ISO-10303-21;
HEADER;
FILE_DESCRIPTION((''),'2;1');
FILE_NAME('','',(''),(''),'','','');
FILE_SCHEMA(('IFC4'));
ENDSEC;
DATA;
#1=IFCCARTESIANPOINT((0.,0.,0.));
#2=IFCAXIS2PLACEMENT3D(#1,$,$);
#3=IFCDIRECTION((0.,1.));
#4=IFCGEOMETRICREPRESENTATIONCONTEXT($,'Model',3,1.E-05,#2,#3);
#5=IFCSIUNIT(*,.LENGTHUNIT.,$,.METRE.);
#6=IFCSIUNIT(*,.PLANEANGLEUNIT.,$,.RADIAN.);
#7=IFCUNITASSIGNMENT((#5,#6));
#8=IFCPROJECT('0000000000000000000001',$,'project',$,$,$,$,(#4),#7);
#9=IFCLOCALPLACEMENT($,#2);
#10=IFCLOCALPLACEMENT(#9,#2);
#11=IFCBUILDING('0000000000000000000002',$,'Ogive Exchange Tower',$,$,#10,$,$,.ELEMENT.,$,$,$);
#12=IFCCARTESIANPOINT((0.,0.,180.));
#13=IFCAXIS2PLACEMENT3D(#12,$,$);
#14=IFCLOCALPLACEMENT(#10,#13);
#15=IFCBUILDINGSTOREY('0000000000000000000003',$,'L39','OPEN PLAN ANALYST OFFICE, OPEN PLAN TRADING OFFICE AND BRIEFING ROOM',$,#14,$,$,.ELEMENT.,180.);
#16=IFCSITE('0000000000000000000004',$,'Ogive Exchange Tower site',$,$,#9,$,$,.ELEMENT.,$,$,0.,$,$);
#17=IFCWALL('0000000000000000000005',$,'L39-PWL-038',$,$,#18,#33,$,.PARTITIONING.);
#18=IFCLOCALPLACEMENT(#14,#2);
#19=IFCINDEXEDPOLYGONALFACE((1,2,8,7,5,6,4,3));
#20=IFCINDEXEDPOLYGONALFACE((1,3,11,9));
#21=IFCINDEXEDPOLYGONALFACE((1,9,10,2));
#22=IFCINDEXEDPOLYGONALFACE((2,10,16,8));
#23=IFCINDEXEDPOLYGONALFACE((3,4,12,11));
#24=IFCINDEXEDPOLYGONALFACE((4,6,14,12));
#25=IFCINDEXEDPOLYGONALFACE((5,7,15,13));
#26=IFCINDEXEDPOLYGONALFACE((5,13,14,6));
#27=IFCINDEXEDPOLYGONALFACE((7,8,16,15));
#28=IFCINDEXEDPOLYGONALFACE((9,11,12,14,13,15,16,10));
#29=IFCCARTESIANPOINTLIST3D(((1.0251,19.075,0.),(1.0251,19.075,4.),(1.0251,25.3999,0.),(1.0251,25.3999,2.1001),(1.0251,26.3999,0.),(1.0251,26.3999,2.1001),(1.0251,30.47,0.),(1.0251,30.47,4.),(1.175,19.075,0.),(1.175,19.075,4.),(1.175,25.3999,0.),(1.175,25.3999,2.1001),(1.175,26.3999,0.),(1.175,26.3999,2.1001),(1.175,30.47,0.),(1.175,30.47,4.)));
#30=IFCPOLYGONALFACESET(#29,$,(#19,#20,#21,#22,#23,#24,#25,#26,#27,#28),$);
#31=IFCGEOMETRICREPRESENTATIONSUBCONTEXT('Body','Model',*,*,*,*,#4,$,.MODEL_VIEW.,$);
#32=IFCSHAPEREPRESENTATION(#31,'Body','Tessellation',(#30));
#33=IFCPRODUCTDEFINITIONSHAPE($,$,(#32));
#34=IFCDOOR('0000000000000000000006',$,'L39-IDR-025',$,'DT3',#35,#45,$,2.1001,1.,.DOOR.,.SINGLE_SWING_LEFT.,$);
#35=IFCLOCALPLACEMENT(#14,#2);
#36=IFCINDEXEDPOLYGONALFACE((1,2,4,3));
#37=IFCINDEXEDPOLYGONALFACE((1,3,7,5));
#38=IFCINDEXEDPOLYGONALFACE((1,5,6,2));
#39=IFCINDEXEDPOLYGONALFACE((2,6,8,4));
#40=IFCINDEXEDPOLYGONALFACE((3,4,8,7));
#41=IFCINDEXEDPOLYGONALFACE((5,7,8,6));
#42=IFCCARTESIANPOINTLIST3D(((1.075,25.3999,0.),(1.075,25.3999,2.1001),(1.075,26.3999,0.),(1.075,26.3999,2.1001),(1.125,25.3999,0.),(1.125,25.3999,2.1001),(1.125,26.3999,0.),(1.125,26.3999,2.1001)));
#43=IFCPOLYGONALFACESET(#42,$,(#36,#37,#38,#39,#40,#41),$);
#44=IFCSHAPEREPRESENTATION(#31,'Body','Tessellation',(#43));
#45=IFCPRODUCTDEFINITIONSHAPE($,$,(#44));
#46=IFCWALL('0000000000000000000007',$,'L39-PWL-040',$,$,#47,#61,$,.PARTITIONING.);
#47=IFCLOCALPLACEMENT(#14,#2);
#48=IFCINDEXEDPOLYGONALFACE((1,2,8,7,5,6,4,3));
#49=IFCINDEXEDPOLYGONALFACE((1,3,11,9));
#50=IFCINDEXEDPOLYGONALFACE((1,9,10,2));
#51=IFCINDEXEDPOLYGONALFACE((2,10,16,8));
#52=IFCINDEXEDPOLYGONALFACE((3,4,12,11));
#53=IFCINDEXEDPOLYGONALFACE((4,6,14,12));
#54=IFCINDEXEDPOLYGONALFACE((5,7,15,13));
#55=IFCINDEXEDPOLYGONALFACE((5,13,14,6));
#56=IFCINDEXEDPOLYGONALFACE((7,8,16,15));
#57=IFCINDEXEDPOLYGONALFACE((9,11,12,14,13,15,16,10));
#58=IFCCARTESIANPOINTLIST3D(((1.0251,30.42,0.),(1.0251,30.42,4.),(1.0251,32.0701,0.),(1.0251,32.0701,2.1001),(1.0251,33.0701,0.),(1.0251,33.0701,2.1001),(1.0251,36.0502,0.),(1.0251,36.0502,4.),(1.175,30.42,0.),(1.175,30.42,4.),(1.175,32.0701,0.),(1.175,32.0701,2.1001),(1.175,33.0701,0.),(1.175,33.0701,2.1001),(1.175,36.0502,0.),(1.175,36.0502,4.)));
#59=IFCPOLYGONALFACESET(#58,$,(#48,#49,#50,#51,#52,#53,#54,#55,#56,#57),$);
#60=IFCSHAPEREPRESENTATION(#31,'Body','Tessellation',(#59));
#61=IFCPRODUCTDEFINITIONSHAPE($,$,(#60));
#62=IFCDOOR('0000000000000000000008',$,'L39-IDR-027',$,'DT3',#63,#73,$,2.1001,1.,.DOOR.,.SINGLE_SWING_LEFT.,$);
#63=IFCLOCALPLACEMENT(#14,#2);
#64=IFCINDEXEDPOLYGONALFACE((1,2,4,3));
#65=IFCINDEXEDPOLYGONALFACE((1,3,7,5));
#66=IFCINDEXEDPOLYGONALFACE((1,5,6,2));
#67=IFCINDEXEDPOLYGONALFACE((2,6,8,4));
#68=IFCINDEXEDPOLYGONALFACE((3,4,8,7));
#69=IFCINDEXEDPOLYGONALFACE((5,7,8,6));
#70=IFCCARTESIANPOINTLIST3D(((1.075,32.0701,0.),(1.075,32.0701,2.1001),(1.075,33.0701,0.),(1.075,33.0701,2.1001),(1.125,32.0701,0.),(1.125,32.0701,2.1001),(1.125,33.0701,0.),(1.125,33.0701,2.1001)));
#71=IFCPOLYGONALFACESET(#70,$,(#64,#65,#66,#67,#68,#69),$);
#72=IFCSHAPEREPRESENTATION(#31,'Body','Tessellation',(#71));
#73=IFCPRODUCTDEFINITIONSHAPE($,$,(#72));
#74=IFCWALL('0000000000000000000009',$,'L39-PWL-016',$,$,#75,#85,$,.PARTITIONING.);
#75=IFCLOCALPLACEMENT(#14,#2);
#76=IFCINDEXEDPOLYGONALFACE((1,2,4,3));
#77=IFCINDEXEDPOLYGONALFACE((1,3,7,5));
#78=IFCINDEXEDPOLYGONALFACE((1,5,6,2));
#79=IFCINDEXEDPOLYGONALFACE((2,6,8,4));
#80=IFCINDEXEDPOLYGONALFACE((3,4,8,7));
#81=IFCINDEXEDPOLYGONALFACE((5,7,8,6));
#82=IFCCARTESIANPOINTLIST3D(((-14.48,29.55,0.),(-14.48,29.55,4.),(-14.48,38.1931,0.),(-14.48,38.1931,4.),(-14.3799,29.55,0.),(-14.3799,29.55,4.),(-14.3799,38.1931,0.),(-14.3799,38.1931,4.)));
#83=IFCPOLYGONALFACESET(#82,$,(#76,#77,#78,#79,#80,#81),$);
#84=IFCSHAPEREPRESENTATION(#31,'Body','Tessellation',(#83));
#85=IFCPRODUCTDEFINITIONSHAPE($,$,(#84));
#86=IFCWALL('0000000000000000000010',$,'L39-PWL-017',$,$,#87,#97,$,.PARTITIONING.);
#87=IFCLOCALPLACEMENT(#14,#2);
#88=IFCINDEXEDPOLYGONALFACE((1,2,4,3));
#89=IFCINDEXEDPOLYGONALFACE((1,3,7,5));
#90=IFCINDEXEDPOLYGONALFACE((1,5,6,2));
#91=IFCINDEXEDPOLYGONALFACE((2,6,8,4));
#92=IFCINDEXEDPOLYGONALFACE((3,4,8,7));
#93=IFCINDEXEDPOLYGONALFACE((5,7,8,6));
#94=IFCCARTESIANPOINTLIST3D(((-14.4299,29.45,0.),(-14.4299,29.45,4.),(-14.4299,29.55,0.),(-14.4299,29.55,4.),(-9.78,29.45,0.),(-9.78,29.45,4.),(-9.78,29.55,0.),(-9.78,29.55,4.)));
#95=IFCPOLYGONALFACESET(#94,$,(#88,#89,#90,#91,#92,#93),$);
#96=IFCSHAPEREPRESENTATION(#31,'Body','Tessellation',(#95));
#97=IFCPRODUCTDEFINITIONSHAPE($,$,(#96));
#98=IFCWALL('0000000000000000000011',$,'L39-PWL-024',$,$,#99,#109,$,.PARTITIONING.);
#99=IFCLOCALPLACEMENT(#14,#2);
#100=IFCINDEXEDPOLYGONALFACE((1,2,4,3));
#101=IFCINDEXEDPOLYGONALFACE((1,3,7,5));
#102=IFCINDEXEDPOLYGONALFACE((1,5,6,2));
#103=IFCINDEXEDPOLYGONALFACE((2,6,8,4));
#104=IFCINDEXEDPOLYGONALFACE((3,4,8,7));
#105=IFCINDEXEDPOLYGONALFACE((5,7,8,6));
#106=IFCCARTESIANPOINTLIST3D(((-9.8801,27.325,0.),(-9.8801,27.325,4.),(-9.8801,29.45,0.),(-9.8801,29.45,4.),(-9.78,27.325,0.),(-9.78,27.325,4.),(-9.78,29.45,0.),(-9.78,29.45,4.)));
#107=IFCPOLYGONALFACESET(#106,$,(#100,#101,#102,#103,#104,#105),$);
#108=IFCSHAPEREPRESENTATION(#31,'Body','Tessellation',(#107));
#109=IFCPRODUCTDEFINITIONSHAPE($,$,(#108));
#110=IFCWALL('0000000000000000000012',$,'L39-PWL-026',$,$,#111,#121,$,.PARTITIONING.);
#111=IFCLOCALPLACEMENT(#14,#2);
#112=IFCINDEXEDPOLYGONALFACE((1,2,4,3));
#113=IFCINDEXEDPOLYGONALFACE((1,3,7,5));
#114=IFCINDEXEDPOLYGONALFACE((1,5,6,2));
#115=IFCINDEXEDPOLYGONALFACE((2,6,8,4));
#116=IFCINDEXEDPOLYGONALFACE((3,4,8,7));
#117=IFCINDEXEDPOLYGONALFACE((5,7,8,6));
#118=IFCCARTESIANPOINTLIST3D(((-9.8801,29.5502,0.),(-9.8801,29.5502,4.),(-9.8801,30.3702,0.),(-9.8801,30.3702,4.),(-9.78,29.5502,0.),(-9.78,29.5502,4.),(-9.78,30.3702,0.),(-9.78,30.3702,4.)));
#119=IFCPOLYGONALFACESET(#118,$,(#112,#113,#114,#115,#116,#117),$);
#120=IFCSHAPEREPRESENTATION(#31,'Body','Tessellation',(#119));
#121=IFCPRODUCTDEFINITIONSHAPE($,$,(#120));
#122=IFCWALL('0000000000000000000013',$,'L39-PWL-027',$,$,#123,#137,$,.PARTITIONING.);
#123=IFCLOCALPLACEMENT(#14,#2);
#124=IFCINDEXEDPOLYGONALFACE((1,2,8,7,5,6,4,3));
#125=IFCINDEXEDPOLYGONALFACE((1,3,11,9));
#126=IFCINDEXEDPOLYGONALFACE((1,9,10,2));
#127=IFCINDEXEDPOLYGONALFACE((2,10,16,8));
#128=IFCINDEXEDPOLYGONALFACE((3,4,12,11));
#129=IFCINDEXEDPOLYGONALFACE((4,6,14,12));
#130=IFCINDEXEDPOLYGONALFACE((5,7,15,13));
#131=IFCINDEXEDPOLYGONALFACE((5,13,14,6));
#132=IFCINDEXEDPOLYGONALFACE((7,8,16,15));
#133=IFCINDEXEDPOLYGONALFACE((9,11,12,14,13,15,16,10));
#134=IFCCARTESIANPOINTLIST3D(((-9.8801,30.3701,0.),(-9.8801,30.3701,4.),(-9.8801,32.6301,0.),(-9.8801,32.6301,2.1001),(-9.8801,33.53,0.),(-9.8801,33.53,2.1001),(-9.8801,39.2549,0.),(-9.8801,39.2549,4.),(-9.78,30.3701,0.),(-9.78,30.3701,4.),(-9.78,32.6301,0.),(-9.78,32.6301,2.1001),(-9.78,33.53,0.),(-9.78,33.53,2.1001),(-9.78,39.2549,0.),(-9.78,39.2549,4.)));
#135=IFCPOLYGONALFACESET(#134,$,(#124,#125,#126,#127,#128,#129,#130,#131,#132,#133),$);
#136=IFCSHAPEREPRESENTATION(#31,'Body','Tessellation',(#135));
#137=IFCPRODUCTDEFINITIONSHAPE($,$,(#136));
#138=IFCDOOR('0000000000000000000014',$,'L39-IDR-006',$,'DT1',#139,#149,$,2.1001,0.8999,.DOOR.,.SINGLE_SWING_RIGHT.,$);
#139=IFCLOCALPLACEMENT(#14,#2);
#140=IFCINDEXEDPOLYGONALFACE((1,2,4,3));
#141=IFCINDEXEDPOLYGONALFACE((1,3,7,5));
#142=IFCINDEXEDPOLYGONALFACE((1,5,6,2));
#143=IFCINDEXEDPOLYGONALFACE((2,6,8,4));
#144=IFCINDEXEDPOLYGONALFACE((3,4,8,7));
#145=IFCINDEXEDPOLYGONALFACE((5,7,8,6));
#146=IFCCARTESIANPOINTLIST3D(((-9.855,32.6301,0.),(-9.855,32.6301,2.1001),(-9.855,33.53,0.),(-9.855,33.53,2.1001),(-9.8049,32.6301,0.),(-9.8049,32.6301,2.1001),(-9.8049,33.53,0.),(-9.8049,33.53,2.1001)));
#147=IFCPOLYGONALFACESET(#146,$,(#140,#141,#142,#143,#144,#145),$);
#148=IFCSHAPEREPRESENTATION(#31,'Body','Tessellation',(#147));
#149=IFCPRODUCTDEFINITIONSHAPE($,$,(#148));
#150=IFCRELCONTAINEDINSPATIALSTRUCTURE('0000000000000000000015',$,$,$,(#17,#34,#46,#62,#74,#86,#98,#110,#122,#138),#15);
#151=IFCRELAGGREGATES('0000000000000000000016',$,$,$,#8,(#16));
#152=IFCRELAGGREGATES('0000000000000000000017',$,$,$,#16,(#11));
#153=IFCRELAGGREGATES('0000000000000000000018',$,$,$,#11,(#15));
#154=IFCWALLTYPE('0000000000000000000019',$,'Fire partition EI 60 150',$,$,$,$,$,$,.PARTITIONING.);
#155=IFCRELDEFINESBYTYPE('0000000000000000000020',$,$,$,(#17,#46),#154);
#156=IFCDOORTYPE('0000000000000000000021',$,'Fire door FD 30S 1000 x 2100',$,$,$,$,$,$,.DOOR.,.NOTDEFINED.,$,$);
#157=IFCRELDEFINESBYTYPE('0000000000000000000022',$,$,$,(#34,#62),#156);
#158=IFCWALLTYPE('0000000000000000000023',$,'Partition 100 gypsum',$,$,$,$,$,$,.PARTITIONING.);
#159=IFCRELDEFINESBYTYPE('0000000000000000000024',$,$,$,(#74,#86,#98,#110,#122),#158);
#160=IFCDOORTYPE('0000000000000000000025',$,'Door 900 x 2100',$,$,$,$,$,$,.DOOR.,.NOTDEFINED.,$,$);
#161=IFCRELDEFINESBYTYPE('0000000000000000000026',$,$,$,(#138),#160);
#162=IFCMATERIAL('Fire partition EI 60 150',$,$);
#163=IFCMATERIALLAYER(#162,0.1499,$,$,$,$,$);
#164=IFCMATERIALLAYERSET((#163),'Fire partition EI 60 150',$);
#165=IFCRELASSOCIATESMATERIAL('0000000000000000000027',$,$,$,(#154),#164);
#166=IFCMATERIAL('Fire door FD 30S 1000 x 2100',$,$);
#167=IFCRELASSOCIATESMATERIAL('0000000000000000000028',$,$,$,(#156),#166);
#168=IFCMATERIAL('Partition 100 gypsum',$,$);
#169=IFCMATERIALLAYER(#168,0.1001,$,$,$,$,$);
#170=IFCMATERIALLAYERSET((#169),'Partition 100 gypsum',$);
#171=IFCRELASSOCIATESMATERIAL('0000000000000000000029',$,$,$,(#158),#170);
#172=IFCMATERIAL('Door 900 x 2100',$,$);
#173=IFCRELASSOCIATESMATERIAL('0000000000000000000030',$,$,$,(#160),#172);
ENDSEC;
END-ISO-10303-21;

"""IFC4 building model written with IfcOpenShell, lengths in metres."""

from ifc_helpers import new_model, si_unit, direction, frame, frame_2d, origin, place, context, subcontext, project, spatial, rectangle, extrude, material, layer, layer_set, type_object, element, fill, save


model = new_model("IFC4")

# Units and contexts
model_context = context("Model", 3, precision=1e-05, world=origin(), true_north=direction((0.0, 1.0)))
body_context = subcontext(model_context, "Body", "Model", "MODEL_VIEW")
ifc_project = project(units=[si_unit("LENGTHUNIT", "METRE"), si_unit("PLANEANGLEUNIT", "RADIAN")], contexts=[model_context])

# Site, building, storey
site_placement = place(None, origin())
site = spatial("IfcSite", under=ifc_project, at=site_placement, Name="Ogive Exchange Tower site", CompositionType="ELEMENT", RefElevation=0.0)
building_placement = place(site_placement, origin())
building = spatial("IfcBuilding", under=site, at=building_placement, Name="Ogive Exchange Tower", CompositionType="ELEMENT")
storey_placement = place(building_placement, frame((0.0, 0.0, 180.0)))
storey = spatial("IfcBuildingStorey", under=building, at=storey_placement, Name="L39", Description="OPEN PLAN ANALYST OFFICE, OPEN PLAN TRADING OFFICE AND BRIEFING ROOM", CompositionType="ELEMENT", Elevation=180.0)

# Shared definitions
ifc_material_1 = material(Name="Fire partition EI 60 150")
ifc_layer_1 = layer(ifc_material_1, 0.1499)
ifc_layer_set_1 = layer_set([ifc_layer_1], Name="Fire partition EI 60 150")
wall_type_1 = type_object("IfcWallType", Name="Fire partition EI 60 150", PredefinedType="PARTITIONING", material=ifc_layer_set_1)

# Walls, openings, doors
ifc_material_2 = material(Name="Fire door FD 30S 1000 x 2100")
door_type_1 = type_object("IfcDoorType", Name="Fire door FD 30S 1000 x 2100", OperationType="NOTDEFINED", PredefinedType="DOOR", material=ifc_material_2)
wall_1_placement = place(storey_placement, frame((1.1001, 30.47, 0.0), z_axis=(0.0, 0.0, 1.0), x_axis=(0.0, -1.0, 0.0)))
wall_1 = element("IfcWall", 1, at=wall_1_placement, inside=storey, type_object=wall_type_1, Name="L39-PWL-038", PredefinedType="PARTITIONING", context=body_context, shape_type="SweptSolid", body=[
    extrude(rectangle(XDim=11.395, YDim=0.1499, at=frame_2d((5.6975, 0.0))), origin(), (0.0, 0.0, 1.0), 4.0),
])
opening_1_placement = place(wall_1_placement, frame((4.0701, 0.0, 0.0)))
opening_1 = element("IfcOpeningElement", 2, at=opening_1_placement, cuts=wall_1, PredefinedType="OPENING", context=body_context, shape_type="SweptSolid", body=[
    extrude(rectangle(XDim=1.0, YDim=2.1001, at=frame_2d((0.5, 1.05))), frame((0.0, 0.085, 0.0), z_axis=(0.0, -1.0, 0.0), x_axis=(1.0, 0.0, 0.0)), (0.0, 0.0, 1.0), 0.1699),
])
door_1_placement = place(opening_1_placement, origin())
door_1 = element("IfcDoor", 3, at=door_1_placement, inside=storey, type_object=door_type_1, Name="L39-IDR-025", ObjectType="DT3", OperationType="SINGLE_SWING_LEFT", OverallHeight=2.1001, OverallWidth=1.0, PredefinedType="DOOR", context=body_context, shape_type="SweptSolid", body=[
    extrude(rectangle(XDim=1.0, YDim=2.1001, at=frame_2d((0.5, 1.05))), frame((0.0, 0.0249, 0.0), z_axis=(0.0, -1.0, 0.0), x_axis=(1.0, 0.0, 0.0)), (0.0, 0.0, 1.0), 0.05),
])
fill(opening_1, door_1)
wall_2_placement = place(storey_placement, frame((1.1001, 36.05, 0.0), z_axis=(0.0, 0.0, 1.0), x_axis=(0.0, -1.0, 0.0)))
wall_2 = element("IfcWall", 4, at=wall_2_placement, inside=storey, type_object=wall_type_1, Name="L39-PWL-040", PredefinedType="PARTITIONING", context=body_context, shape_type="SweptSolid", body=[
    extrude(rectangle(XDim=5.6301, YDim=0.1499, at=frame_2d((2.8149, 0.0))), origin(), (0.0, 0.0, 1.0), 4.0),
])
opening_2_placement = place(wall_2_placement, frame((2.98, 0.0, 0.0)))
opening_2 = element("IfcOpeningElement", 5, at=opening_2_placement, cuts=wall_2, PredefinedType="OPENING", context=body_context, shape_type="SweptSolid", body=[
    extrude(rectangle(XDim=1.0, YDim=2.1001, at=frame_2d((0.5, 1.05))), frame((0.0, 0.085, 0.0), z_axis=(0.0, -1.0, 0.0), x_axis=(1.0, 0.0, 0.0)), (0.0, 0.0, 1.0), 0.1699),
])
door_2_placement = place(opening_2_placement, origin())
door_2 = element("IfcDoor", 6, at=door_2_placement, inside=storey, type_object=door_type_1, Name="L39-IDR-027", ObjectType="DT3", OperationType="SINGLE_SWING_LEFT", OverallHeight=2.1001, OverallWidth=1.0, PredefinedType="DOOR", context=body_context, shape_type="SweptSolid", body=[
    extrude(rectangle(XDim=1.0, YDim=2.1001, at=frame_2d((0.5, 1.05))), frame((0.0, 0.0249, 0.0), z_axis=(0.0, -1.0, 0.0), x_axis=(1.0, 0.0, 0.0)), (0.0, 0.0, 1.0), 0.05),
])
fill(opening_2, door_2)

# Walls
ifc_material_3 = material(Name="Partition 100 gypsum")
ifc_layer_2 = layer(ifc_material_3, 0.1001)
ifc_layer_set_2 = layer_set([ifc_layer_2], Name="Partition 100 gypsum")
wall_type_2 = type_object("IfcWallType", Name="Partition 100 gypsum", PredefinedType="PARTITIONING", material=ifc_layer_set_2)
wall_3_placement = place(storey_placement, frame((-14.4299, 29.55, 0.0), z_axis=(0.0, 0.0, 1.0), x_axis=(0.0, 1.0, 0.0)))
element("IfcWall", 7, at=wall_3_placement, inside=storey, type_object=wall_type_2, Name="L39-PWL-016", PredefinedType="PARTITIONING", context=body_context, shape_type="SweptSolid", body=[
    extrude(rectangle(XDim=8.6431, YDim=0.1001, at=frame_2d((4.3215, 0.0))), origin(), (0.0, 0.0, 1.0), 4.0),
])
wall_4_placement = place(storey_placement, frame((-14.4299, 29.5, 0.0), z_axis=(0.0, 0.0, 1.0), x_axis=(1.0, 0.0, 0.0)))
element("IfcWall", 8, at=wall_4_placement, inside=storey, type_object=wall_type_2, Name="L39-PWL-017", PredefinedType="PARTITIONING", context=body_context, shape_type="SweptSolid", body=[
    extrude(rectangle(XDim=4.6499, YDim=0.1001, at=frame_2d((2.325, 0.0))), origin(), (0.0, 0.0, 1.0), 4.0),
])
wall_5_placement = place(storey_placement, frame((-9.8301, 27.325, 0.0), z_axis=(0.0, 0.0, 1.0), x_axis=(0.0, 1.0, 0.0)))
element("IfcWall", 9, at=wall_5_placement, inside=storey, type_object=wall_type_2, Name="L39-PWL-024", PredefinedType="PARTITIONING", context=body_context, shape_type="SweptSolid", body=[
    extrude(rectangle(XDim=2.125, YDim=0.1001, at=frame_2d((1.0625, 0.0))), origin(), (0.0, 0.0, 1.0), 4.0),
])
wall_6_placement = place(storey_placement, frame((-9.8301, 29.55, 0.0), z_axis=(0.0, 0.0, 1.0), x_axis=(0.0, 1.0, 0.0)))
element("IfcWall", 10, at=wall_6_placement, inside=storey, type_object=wall_type_2, Name="L39-PWL-026", PredefinedType="PARTITIONING", context=body_context, shape_type="SweptSolid", body=[
    extrude(rectangle(XDim=0.8201, YDim=0.1001, at=frame_2d((0.4102, 0.0))), origin(), (0.0, 0.0, 1.0), 4.0),
])

# Wall, opening, door
wall_7_placement = place(storey_placement, frame((-9.8301, 30.3701, 0.0), z_axis=(0.0, 0.0, 1.0), x_axis=(0.0, 1.0, 0.0)))
wall_7 = element("IfcWall", 11, at=wall_7_placement, inside=storey, type_object=wall_type_2, Name="L39-PWL-027", PredefinedType="PARTITIONING", context=body_context, shape_type="SweptSolid", body=[
    extrude(rectangle(XDim=8.8848, YDim=0.1001, at=frame_2d((4.4424, 0.0))), origin(), (0.0, 0.0, 1.0), 4.0),
])
opening_3_placement = place(wall_7_placement, frame((2.26, 0.0, 0.0)))
opening_3 = element("IfcOpeningElement", 12, at=opening_3_placement, cuts=wall_7, PredefinedType="OPENING", context=body_context, shape_type="SweptSolid", body=[
    extrude(rectangle(XDim=0.8999, YDim=2.1001, at=frame_2d((0.45, 1.05))), frame((0.0, 0.0601, 0.0), z_axis=(0.0, -1.0, 0.0), x_axis=(1.0, 0.0, 0.0)), (0.0, 0.0, 1.0), 0.1201),
])
ifc_material_4 = material(Name="Door 900 x 2100")
door_type_2 = type_object("IfcDoorType", Name="Door 900 x 2100", OperationType="NOTDEFINED", PredefinedType="DOOR", material=ifc_material_4)
door_3_placement = place(opening_3_placement, origin())
door_3 = element("IfcDoor", 13, at=door_3_placement, inside=storey, type_object=door_type_2, Name="L39-IDR-006", ObjectType="DT1", OperationType="SINGLE_SWING_RIGHT", OverallHeight=2.1001, OverallWidth=0.8999, PredefinedType="DOOR", context=body_context, shape_type="SweptSolid", body=[
    extrude(rectangle(XDim=0.8999, YDim=2.1001, at=frame_2d((0.45, 1.05))), frame((0.0, 0.0249, 0.0), z_axis=(0.0, -1.0, 0.0), x_axis=(1.0, 0.0, 0.0)), (0.0, 0.0, 1.0), 0.05),
])
fill(opening_3, door_3)

save(model, "model.ifc")
